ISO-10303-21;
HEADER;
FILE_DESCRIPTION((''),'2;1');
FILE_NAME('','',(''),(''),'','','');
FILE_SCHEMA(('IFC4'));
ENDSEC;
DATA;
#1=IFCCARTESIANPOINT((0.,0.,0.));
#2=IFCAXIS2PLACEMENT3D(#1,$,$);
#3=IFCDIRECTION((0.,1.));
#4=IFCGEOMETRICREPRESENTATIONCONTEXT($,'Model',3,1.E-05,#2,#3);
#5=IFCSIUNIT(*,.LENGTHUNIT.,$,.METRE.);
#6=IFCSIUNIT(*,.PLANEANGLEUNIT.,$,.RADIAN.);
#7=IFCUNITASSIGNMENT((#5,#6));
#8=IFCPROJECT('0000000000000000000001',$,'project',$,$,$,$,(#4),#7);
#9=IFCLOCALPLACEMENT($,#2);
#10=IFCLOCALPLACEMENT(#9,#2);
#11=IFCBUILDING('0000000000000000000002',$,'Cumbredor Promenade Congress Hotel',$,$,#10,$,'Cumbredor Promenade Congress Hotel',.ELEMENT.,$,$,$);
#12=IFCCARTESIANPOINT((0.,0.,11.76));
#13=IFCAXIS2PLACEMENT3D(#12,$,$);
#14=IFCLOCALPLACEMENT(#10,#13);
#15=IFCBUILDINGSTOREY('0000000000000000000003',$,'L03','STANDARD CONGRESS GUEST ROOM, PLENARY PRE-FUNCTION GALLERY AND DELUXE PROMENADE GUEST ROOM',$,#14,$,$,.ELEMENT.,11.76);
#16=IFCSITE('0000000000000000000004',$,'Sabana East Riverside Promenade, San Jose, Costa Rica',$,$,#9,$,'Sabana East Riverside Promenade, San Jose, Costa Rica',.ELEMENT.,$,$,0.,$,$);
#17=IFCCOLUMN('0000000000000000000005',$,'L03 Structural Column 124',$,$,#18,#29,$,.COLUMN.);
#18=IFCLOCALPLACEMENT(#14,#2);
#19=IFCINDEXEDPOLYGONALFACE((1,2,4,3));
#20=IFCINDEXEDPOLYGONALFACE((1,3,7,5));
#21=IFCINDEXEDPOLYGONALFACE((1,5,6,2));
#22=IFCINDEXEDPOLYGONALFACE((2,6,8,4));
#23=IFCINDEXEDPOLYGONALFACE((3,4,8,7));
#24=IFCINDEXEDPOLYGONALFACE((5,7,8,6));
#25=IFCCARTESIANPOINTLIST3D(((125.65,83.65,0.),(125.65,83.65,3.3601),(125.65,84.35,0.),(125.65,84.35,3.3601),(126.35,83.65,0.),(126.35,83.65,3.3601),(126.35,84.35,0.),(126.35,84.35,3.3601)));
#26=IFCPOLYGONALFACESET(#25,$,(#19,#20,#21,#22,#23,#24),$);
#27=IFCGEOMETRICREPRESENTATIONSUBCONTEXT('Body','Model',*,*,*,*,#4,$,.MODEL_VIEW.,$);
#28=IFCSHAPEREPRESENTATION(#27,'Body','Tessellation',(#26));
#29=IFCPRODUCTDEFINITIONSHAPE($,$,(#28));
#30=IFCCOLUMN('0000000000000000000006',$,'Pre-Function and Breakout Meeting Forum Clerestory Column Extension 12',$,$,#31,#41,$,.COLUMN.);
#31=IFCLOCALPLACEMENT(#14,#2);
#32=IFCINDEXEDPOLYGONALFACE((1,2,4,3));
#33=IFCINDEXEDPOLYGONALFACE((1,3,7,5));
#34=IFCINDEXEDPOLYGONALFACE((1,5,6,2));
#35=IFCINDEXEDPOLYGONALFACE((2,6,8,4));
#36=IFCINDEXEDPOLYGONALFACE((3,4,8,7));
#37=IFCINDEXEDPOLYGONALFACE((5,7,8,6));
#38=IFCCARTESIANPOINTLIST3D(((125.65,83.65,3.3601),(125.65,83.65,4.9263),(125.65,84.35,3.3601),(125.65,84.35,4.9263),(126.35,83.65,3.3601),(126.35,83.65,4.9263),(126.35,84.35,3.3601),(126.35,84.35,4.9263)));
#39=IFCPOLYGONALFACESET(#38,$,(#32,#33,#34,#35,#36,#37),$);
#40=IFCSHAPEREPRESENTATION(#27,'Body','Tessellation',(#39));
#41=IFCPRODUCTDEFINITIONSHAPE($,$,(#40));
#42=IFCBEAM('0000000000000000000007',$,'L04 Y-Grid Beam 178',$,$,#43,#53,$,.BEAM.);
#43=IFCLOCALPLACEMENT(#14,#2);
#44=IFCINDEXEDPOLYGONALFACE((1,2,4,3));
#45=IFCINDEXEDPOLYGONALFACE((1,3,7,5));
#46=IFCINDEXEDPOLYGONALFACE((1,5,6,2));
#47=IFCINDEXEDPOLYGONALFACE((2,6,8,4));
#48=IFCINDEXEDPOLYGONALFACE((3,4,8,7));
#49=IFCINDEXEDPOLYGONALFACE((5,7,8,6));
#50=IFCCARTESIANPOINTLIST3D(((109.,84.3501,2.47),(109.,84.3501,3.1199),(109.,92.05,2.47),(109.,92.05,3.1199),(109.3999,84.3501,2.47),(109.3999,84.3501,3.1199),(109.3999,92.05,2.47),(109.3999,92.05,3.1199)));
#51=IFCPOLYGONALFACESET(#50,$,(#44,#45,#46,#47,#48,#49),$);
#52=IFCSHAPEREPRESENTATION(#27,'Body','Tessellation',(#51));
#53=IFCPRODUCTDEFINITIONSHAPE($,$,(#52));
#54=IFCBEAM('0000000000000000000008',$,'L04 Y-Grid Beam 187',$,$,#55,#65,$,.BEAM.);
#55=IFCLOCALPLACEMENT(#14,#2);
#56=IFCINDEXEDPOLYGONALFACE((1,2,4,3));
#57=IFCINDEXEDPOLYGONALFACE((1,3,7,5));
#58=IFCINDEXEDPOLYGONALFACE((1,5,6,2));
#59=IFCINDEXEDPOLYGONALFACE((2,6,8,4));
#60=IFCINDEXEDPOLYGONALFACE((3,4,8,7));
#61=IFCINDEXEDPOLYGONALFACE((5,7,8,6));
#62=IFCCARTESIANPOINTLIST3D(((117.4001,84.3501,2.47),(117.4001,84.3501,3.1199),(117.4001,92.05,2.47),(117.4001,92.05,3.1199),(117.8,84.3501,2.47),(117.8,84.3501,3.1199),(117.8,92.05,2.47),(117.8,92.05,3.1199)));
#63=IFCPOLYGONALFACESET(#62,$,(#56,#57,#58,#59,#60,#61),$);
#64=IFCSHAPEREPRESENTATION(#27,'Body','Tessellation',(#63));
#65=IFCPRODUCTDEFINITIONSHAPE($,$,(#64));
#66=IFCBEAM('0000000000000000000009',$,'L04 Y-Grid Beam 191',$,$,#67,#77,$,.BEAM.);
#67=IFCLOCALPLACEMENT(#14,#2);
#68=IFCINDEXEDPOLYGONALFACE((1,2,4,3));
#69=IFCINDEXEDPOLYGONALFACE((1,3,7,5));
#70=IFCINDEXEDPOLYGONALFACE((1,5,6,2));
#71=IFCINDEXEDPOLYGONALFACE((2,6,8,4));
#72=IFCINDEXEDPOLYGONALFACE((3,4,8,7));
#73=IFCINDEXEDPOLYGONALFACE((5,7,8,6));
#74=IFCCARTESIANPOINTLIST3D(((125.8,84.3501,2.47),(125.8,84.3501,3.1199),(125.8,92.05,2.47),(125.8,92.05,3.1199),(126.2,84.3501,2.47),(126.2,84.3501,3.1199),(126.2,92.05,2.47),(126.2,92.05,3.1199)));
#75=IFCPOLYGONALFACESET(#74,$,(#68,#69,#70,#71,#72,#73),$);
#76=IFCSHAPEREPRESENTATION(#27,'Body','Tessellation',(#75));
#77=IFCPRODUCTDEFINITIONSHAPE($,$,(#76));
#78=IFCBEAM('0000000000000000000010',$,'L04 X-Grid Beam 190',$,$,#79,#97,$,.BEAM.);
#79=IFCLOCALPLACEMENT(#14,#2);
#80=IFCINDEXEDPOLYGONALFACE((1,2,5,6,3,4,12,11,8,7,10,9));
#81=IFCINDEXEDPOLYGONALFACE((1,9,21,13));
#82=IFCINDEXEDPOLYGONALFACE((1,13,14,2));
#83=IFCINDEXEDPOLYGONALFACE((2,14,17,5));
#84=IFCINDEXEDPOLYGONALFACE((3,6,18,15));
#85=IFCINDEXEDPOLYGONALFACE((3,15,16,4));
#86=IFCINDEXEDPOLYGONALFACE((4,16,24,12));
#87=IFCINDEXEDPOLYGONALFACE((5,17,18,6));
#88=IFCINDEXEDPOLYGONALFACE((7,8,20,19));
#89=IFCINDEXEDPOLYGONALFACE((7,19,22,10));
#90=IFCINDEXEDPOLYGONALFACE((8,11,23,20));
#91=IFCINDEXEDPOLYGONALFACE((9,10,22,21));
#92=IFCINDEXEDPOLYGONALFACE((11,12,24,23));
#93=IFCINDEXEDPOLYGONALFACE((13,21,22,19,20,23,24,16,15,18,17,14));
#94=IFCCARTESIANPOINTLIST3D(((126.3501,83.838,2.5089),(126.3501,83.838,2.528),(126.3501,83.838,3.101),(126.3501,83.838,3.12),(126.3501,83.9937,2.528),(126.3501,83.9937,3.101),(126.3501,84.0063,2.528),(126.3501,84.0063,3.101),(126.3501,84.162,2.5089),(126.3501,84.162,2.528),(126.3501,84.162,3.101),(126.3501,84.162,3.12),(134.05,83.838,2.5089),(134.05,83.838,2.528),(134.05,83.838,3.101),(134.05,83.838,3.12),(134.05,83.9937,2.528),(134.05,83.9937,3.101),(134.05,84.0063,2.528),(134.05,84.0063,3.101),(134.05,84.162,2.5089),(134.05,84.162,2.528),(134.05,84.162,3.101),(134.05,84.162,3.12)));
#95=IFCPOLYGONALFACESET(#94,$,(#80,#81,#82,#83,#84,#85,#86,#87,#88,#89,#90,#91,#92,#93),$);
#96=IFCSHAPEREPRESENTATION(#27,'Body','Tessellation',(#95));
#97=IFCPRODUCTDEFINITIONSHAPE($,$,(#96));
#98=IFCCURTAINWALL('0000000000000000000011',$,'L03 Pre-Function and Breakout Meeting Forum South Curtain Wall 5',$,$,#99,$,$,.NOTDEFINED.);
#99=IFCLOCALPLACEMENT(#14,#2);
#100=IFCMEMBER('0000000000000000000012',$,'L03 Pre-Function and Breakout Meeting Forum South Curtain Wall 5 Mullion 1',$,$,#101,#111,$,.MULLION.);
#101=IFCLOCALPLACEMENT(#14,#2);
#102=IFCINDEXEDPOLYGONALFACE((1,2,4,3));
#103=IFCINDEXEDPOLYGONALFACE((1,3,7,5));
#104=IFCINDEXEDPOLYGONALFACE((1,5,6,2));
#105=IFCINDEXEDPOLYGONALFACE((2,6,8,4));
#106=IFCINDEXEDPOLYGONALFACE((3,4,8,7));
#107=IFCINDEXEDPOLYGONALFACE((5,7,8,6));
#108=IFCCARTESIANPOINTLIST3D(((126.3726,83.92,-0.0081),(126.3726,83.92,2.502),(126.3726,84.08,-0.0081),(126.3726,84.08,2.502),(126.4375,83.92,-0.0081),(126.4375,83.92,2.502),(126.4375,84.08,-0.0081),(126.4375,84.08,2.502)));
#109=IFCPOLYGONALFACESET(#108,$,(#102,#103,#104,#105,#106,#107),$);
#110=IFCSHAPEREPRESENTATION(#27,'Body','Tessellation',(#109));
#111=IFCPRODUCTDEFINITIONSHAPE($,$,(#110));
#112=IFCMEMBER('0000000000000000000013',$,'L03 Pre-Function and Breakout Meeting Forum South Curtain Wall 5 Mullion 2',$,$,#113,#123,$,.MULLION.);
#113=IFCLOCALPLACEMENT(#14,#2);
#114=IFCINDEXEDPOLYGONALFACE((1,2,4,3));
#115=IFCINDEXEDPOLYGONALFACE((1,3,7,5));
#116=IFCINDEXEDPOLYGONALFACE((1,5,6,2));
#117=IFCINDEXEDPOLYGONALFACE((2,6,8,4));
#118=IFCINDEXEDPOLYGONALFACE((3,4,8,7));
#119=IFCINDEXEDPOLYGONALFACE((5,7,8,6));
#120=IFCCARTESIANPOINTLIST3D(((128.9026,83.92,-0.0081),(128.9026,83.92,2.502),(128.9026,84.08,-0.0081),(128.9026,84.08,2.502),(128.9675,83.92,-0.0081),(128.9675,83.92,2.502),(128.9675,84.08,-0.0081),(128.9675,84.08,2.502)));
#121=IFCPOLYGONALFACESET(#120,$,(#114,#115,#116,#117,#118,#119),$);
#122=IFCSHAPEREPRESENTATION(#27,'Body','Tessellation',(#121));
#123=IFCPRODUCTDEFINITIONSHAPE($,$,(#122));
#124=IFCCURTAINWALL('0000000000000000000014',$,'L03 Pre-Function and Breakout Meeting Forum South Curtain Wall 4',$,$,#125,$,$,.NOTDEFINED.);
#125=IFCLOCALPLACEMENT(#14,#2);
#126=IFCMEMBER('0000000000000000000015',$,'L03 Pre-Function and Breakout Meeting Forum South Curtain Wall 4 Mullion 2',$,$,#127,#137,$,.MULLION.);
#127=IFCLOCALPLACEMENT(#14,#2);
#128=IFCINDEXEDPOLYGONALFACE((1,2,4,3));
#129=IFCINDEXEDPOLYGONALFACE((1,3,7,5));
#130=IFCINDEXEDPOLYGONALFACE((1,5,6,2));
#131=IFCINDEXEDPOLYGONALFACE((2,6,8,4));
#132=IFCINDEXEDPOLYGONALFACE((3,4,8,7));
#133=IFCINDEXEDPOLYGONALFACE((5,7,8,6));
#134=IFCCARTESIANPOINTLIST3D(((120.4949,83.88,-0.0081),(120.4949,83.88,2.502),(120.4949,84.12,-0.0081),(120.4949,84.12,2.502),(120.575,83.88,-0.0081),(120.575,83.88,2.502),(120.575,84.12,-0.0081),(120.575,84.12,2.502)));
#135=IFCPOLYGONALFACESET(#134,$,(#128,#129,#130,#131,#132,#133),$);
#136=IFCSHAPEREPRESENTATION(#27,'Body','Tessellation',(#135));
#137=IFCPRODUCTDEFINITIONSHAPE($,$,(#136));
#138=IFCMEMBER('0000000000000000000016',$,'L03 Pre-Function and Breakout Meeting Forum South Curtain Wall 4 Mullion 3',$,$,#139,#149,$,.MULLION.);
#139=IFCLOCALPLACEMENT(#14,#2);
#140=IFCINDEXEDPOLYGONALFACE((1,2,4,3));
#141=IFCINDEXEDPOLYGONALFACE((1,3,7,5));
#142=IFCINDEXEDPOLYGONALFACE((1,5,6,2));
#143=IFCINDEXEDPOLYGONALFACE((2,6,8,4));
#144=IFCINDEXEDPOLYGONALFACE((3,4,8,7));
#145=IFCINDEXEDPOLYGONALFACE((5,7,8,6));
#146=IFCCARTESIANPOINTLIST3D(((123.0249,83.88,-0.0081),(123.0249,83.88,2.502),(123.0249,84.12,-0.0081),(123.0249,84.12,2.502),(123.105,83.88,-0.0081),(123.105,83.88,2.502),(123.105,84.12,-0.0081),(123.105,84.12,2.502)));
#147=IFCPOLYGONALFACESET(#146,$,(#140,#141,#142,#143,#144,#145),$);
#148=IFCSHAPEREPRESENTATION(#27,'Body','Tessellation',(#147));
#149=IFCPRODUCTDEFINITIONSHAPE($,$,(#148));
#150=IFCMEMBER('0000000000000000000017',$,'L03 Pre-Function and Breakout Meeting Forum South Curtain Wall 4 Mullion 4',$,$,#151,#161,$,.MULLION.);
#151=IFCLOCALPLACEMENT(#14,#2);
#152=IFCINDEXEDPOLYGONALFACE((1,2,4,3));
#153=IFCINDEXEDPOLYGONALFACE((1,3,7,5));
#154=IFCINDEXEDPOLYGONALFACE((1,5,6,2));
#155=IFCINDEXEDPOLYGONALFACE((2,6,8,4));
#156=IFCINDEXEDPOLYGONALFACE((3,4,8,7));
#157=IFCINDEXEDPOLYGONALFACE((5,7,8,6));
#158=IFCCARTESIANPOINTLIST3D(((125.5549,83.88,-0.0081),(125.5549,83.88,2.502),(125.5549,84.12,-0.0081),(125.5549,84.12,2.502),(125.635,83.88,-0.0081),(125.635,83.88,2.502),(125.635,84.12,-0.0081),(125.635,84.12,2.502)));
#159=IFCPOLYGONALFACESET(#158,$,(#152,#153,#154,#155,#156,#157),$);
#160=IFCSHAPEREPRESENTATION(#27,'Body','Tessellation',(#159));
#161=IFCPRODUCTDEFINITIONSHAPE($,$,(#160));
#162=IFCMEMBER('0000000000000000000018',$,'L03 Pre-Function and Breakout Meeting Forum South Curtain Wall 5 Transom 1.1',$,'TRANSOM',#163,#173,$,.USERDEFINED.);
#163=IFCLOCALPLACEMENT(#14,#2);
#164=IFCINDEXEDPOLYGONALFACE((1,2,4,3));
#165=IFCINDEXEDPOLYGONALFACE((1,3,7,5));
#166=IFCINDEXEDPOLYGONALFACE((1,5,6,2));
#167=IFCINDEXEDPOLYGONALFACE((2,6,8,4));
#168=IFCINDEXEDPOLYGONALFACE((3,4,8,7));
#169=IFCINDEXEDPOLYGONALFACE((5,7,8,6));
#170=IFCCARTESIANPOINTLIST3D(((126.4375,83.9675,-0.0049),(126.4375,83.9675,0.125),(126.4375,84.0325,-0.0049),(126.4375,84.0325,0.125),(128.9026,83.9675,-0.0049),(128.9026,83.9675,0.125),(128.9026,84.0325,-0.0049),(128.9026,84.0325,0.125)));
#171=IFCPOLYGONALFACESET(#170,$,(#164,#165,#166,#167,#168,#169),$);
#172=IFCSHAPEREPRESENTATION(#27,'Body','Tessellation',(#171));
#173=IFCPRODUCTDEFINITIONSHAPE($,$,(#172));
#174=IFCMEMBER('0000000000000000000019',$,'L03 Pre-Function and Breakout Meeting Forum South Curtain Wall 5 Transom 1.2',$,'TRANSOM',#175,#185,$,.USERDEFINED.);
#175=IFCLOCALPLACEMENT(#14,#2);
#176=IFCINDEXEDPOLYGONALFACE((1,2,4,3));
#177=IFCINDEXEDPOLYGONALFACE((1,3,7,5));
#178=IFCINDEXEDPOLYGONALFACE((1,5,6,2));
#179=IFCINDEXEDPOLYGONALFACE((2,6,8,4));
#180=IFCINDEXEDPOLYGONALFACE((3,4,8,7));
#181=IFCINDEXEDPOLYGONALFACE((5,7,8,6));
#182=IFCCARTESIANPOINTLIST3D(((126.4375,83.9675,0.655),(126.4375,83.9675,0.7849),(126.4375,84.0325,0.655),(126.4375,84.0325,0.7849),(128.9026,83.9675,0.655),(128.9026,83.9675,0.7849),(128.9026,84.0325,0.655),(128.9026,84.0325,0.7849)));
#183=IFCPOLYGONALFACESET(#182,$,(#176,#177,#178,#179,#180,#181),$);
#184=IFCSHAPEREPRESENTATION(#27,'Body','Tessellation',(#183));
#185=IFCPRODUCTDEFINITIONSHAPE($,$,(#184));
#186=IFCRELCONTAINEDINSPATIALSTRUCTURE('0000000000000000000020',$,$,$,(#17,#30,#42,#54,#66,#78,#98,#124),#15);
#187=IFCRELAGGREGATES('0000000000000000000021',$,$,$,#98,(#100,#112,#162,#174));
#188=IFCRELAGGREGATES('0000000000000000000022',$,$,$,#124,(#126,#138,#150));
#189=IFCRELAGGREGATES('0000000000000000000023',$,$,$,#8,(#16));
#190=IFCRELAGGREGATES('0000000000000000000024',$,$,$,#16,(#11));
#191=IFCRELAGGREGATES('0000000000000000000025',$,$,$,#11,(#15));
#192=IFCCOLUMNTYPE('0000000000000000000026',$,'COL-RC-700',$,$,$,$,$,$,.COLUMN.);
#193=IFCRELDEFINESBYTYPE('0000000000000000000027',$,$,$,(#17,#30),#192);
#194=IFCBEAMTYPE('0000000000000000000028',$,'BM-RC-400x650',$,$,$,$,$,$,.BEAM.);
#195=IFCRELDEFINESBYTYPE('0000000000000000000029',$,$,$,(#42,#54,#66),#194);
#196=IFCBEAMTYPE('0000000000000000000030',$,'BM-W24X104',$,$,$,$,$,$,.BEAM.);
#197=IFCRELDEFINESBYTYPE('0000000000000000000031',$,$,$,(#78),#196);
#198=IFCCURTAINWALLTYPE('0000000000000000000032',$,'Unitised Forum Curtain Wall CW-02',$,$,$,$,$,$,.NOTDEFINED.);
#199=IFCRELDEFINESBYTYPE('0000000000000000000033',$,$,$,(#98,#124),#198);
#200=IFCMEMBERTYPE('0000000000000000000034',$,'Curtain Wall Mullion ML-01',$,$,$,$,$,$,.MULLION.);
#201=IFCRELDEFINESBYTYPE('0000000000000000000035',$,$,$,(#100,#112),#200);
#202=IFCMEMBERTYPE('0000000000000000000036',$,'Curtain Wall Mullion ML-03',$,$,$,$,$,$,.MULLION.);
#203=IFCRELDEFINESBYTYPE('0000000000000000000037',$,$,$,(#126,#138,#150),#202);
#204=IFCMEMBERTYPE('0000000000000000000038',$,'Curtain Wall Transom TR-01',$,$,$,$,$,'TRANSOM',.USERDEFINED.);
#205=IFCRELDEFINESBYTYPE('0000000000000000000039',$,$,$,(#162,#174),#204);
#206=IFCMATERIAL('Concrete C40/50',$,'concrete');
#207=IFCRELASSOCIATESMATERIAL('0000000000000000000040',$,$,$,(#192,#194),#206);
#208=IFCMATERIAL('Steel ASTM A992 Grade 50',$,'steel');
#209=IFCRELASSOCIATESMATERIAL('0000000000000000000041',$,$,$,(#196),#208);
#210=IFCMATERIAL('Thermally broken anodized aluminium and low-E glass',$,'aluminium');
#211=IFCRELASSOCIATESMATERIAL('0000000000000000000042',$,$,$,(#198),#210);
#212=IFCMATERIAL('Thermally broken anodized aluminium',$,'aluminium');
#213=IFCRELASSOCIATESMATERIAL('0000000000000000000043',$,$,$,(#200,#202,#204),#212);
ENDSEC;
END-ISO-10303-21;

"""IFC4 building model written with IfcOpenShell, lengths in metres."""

from ifc_helpers import new_model, si_unit, direction, frame, origin, origin_2d, place, context, subcontext, project, spatial, rectangle, i_section, extrude, material, material_profile, profile_set, type_object, element, aggregate, save


model = new_model("IFC4")

# Units and contexts
model_context = context("Model", 3, precision=1e-05, world=origin(), true_north=direction((0.0, 1.0)))
body_context = subcontext(model_context, "Body", "Model", "MODEL_VIEW")
ifc_project = project(units=[si_unit("LENGTHUNIT", "METRE"), si_unit("PLANEANGLEUNIT", "RADIAN")], contexts=[model_context])

# Site, building, storey
site_placement = place(None, origin())
site = spatial("IfcSite", under=ifc_project, at=site_placement, Name="Sabana East Riverside Promenade, San Jose, Costa Rica", LongName="Sabana East Riverside Promenade, San Jose, Costa Rica", CompositionType="ELEMENT", RefElevation=0.0)
building_placement = place(site_placement, origin())
building = spatial("IfcBuilding", under=site, at=building_placement, Name="Cumbredor Promenade Congress Hotel", LongName="Cumbredor Promenade Congress Hotel", CompositionType="ELEMENT")
storey_placement = place(building_placement, frame((0.0, 0.0, 11.76)))
storey = spatial("IfcBuildingStorey", under=building, at=storey_placement, Name="L03", Description="STANDARD CONGRESS GUEST ROOM, PLENARY PRE-FUNCTION GALLERY AND DELUXE PROMENADE GUEST ROOM", CompositionType="ELEMENT", Elevation=11.76)

# Columns
ifc_material_1 = material(Name="Concrete C40/50", Category="concrete")
ifc_material_profile_1 = material_profile(ifc_material_1, rectangle(XDim=0.7, YDim=0.7, at=origin_2d()), Name="RC 700x700")
ifc_profile_set_1 = profile_set([ifc_material_profile_1], Name="Concrete C40/50")
column_type = type_object("IfcColumnType", Name="COL-RC-700", PredefinedType="COLUMN", material=ifc_profile_set_1)
column_1_placement = place(storey_placement, frame((126.0, 84.0, 0.0), z_axis=(0.0, 0.0, 1.0), x_axis=(1.0, 0.0, 0.0)))
element("IfcColumn", 1, at=column_1_placement, inside=storey, type_object=column_type, Name="L03 Structural Column 124", PredefinedType="COLUMN", context=body_context, shape_type="SweptSolid", body=[
    extrude(rectangle(XDim=0.7, YDim=0.7, at=origin_2d()), origin(), (0.0, 0.0, 1.0), 3.3601),
])
column_2_placement = place(storey_placement, frame((126.0, 84.0, 3.3601), z_axis=(0.0, 0.0, 1.0), x_axis=(1.0, 0.0, 0.0)))
element("IfcColumn", 2, at=column_2_placement, inside=storey, type_object=column_type, Name="Pre-Function and Breakout Meeting Forum Clerestory Column Extension 12", PredefinedType="COLUMN", context=body_context, shape_type="SweptSolid", body=[
    extrude(rectangle(XDim=0.7, YDim=0.7, at=origin_2d()), origin(), (0.0, 0.0, 1.0), 1.5662),
])

# Beams
ifc_material_profile_2 = material_profile(ifc_material_1, rectangle(XDim=0.3999, YDim=0.6499, at=origin_2d()), Name="RC BEAM 400x650")
ifc_profile_set_2 = profile_set([ifc_material_profile_2], Name="Concrete C40/50")
beam_type_1 = type_object("IfcBeamType", Name="BM-RC-400x650", PredefinedType="BEAM", material=ifc_profile_set_2)
for number, where, z_axis, x_axis, name in (
    (3, (109.2, 84.3501, 2.7949), (0.0, 1.0, 0.0), (-1.0, 0.0, 0.0), "L04 Y-Grid Beam 178"),
    (4, (117.6001, 84.3501, 2.7949), (0.0, 1.0, 0.0), (-1.0, 0.0, 0.0), "L04 Y-Grid Beam 187"),
    (5, (126.0, 84.3501, 2.7949), (0.0, 1.0, 0.0), (-1.0, 0.0, 0.0), "L04 Y-Grid Beam 191"),
):
    element("IfcBeam", number, at=place(storey_placement, frame(where, z_axis=z_axis, x_axis=x_axis)), inside=storey, type_object=beam_type_1, Name=name, PredefinedType="BEAM", context=body_context, shape_type="SweptSolid", body=[
        extrude(rectangle(XDim=0.3999, YDim=0.6499, at=origin_2d()), origin(), (0.0, 0.0, 1.0), 7.7),
    ])
ifc_material_2 = material(Name="Steel ASTM A992 Grade 50", Category="steel")
ifc_material_profile_3 = material_profile(ifc_material_2, i_section(OverallWidth=0.324, OverallDepth=0.6111, WebThickness=0.0127, FlangeThickness=0.019, at=origin_2d()), Name="W24X104")
ifc_profile_set_3 = profile_set([ifc_material_profile_3], Name="Steel ASTM A992 Grade 50")
beam_type_2 = type_object("IfcBeamType", Name="BM-W24X104", PredefinedType="BEAM", material=ifc_profile_set_3)
beam_placement = place(storey_placement, frame((126.3501, 84.0, 2.8145), z_axis=(1.0, 0.0, 0.0), x_axis=(0.0, 1.0, 0.0)))
element("IfcBeam", 6, at=beam_placement, inside=storey, type_object=beam_type_2, Name="L04 X-Grid Beam 190", PredefinedType="BEAM", context=body_context, shape_type="SweptSolid", body=[
    extrude(i_section(OverallWidth=0.324, OverallDepth=0.6111, WebThickness=0.0127, FlangeThickness=0.019, at=origin_2d()), origin(), (0.0, 0.0, 1.0), 7.7),
])

# Curtain walls, members
ifc_material_3 = material(Name="Thermally broken anodized aluminium and low-E glass", Category="aluminium")
curtain_wall_type = type_object("IfcCurtainWallType", Name="Unitised Forum Curtain Wall CW-02", PredefinedType="NOTDEFINED", material=ifc_material_3)
curtain_wall_1_placement = place(storey_placement, origin())
curtain_wall_1 = element("IfcCurtainWall", 7, at=curtain_wall_1_placement, inside=storey, type_object=curtain_wall_type, Name="L03 Pre-Function and Breakout Meeting Forum South Curtain Wall 5", PredefinedType="NOTDEFINED")
ifc_material_4 = material(Name="Thermally broken anodized aluminium", Category="aluminium")
ifc_material_profile_4 = material_profile(ifc_material_4, rectangle(XDim=0.0649, YDim=0.1599, at=origin_2d()), Name="ALU MULLION 65x160")
ifc_profile_set_4 = profile_set([ifc_material_profile_4], Name="Thermally broken anodized aluminium")
member_type_1 = type_object("IfcMemberType", Name="Curtain Wall Mullion ML-01", PredefinedType="MULLION", material=ifc_profile_set_4)
member_1_placement = place(storey_placement, frame((126.405, 84.0, -0.0081), z_axis=(0.0, 0.0, 1.0), x_axis=(1.0, 0.0, 0.0)))
member_1 = element("IfcMember", 8, at=member_1_placement, type_object=member_type_1, Name="L03 Pre-Function and Breakout Meeting Forum South Curtain Wall 5 Mullion 1", PredefinedType="MULLION", context=body_context, shape_type="SweptSolid", body=[
    extrude(rectangle(XDim=0.0649, YDim=0.1599, at=origin_2d()), origin(), (0.0, 0.0, 1.0), 2.51),
])
member_2_placement = place(storey_placement, frame((128.9351, 84.0, -0.0081), z_axis=(0.0, 0.0, 1.0), x_axis=(1.0, 0.0, 0.0)))
member_2 = element("IfcMember", 9, at=member_2_placement, type_object=member_type_1, Name="L03 Pre-Function and Breakout Meeting Forum South Curtain Wall 5 Mullion 2", PredefinedType="MULLION", context=body_context, shape_type="SweptSolid", body=[
    extrude(rectangle(XDim=0.0649, YDim=0.1599, at=origin_2d()), origin(), (0.0, 0.0, 1.0), 2.51),
])
curtain_wall_2_placement = place(storey_placement, origin())
curtain_wall_2 = element("IfcCurtainWall", 10, at=curtain_wall_2_placement, inside=storey, type_object=curtain_wall_type, Name="L03 Pre-Function and Breakout Meeting Forum South Curtain Wall 4", PredefinedType="NOTDEFINED")
ifc_material_profile_5 = material_profile(ifc_material_4, rectangle(XDim=0.0801, YDim=0.24, at=origin_2d()), Name="ALU MULLION 80x240")
ifc_profile_set_5 = profile_set([ifc_material_profile_5], Name="Thermally broken anodized aluminium")
member_type_2 = type_object("IfcMemberType", Name="Curtain Wall Mullion ML-03", PredefinedType="MULLION", material=ifc_profile_set_5)
member_3_placement = place(storey_placement, frame((120.5349, 84.0, -0.0081), z_axis=(0.0, 0.0, 1.0), x_axis=(1.0, 0.0, 0.0)))
member_3 = element("IfcMember", 11, at=member_3_placement, type_object=member_type_2, Name="L03 Pre-Function and Breakout Meeting Forum South Curtain Wall 4 Mullion 2", PredefinedType="MULLION", context=body_context, shape_type="SweptSolid", body=[
    extrude(rectangle(XDim=0.0801, YDim=0.24, at=origin_2d()), origin(), (0.0, 0.0, 1.0), 2.51),
])
member_4_placement = place(storey_placement, frame((123.0649, 84.0, -0.0081), z_axis=(0.0, 0.0, 1.0), x_axis=(1.0, 0.0, 0.0)))
member_4 = element("IfcMember", 12, at=member_4_placement, type_object=member_type_2, Name="L03 Pre-Function and Breakout Meeting Forum South Curtain Wall 4 Mullion 3", PredefinedType="MULLION", context=body_context, shape_type="SweptSolid", body=[
    extrude(rectangle(XDim=0.0801, YDim=0.24, at=origin_2d()), origin(), (0.0, 0.0, 1.0), 2.51),
])
member_5_placement = place(storey_placement, frame((125.595, 84.0, -0.0081), z_axis=(0.0, 0.0, 1.0), x_axis=(1.0, 0.0, 0.0)))
member_5 = element("IfcMember", 13, at=member_5_placement, type_object=member_type_2, Name="L03 Pre-Function and Breakout Meeting Forum South Curtain Wall 4 Mullion 4", PredefinedType="MULLION", context=body_context, shape_type="SweptSolid", body=[
    extrude(rectangle(XDim=0.0801, YDim=0.24, at=origin_2d()), origin(), (0.0, 0.0, 1.0), 2.51),
])

# Members
ifc_material_profile_6 = material_profile(ifc_material_4, rectangle(XDim=0.0649, YDim=0.1299, at=origin_2d()), Name="ALU TRANSOM 65x130")
ifc_profile_set_6 = profile_set([ifc_material_profile_6], Name="Thermally broken anodized aluminium")
member_type_3 = type_object("IfcMemberType", Name="Curtain Wall Transom TR-01", ElementType="TRANSOM", PredefinedType="USERDEFINED", material=ifc_profile_set_6)
member_6_placement = place(storey_placement, frame((126.4375, 84.0, 0.0601), z_axis=(1.0, 0.0, 0.0), x_axis=(0.0, 1.0, 0.0)))
member_6 = element("IfcMember", 14, at=member_6_placement, type_object=member_type_3, Name="L03 Pre-Function and Breakout Meeting Forum South Curtain Wall 5 Transom 1.1", ObjectType="TRANSOM", PredefinedType="USERDEFINED", context=body_context, shape_type="SweptSolid", body=[
    extrude(rectangle(XDim=0.0649, YDim=0.1299, at=origin_2d()), origin(), (0.0, 0.0, 1.0), 2.4651),
])
member_7_placement = place(storey_placement, frame((126.4375, 84.0, 0.72), z_axis=(1.0, 0.0, 0.0), x_axis=(0.0, 1.0, 0.0)))
member_7 = element("IfcMember", 15, at=member_7_placement, type_object=member_type_3, Name="L03 Pre-Function and Breakout Meeting Forum South Curtain Wall 5 Transom 1.2", ObjectType="TRANSOM", PredefinedType="USERDEFINED", context=body_context, shape_type="SweptSolid", body=[
    extrude(rectangle(XDim=0.0649, YDim=0.1299, at=origin_2d()), origin(), (0.0, 0.0, 1.0), 2.4651),
])

aggregate(curtain_wall_1, [member_1, member_2, member_6, member_7])
aggregate(curtain_wall_2, [member_3, member_4, member_5])

save(model, "model.ifc")
